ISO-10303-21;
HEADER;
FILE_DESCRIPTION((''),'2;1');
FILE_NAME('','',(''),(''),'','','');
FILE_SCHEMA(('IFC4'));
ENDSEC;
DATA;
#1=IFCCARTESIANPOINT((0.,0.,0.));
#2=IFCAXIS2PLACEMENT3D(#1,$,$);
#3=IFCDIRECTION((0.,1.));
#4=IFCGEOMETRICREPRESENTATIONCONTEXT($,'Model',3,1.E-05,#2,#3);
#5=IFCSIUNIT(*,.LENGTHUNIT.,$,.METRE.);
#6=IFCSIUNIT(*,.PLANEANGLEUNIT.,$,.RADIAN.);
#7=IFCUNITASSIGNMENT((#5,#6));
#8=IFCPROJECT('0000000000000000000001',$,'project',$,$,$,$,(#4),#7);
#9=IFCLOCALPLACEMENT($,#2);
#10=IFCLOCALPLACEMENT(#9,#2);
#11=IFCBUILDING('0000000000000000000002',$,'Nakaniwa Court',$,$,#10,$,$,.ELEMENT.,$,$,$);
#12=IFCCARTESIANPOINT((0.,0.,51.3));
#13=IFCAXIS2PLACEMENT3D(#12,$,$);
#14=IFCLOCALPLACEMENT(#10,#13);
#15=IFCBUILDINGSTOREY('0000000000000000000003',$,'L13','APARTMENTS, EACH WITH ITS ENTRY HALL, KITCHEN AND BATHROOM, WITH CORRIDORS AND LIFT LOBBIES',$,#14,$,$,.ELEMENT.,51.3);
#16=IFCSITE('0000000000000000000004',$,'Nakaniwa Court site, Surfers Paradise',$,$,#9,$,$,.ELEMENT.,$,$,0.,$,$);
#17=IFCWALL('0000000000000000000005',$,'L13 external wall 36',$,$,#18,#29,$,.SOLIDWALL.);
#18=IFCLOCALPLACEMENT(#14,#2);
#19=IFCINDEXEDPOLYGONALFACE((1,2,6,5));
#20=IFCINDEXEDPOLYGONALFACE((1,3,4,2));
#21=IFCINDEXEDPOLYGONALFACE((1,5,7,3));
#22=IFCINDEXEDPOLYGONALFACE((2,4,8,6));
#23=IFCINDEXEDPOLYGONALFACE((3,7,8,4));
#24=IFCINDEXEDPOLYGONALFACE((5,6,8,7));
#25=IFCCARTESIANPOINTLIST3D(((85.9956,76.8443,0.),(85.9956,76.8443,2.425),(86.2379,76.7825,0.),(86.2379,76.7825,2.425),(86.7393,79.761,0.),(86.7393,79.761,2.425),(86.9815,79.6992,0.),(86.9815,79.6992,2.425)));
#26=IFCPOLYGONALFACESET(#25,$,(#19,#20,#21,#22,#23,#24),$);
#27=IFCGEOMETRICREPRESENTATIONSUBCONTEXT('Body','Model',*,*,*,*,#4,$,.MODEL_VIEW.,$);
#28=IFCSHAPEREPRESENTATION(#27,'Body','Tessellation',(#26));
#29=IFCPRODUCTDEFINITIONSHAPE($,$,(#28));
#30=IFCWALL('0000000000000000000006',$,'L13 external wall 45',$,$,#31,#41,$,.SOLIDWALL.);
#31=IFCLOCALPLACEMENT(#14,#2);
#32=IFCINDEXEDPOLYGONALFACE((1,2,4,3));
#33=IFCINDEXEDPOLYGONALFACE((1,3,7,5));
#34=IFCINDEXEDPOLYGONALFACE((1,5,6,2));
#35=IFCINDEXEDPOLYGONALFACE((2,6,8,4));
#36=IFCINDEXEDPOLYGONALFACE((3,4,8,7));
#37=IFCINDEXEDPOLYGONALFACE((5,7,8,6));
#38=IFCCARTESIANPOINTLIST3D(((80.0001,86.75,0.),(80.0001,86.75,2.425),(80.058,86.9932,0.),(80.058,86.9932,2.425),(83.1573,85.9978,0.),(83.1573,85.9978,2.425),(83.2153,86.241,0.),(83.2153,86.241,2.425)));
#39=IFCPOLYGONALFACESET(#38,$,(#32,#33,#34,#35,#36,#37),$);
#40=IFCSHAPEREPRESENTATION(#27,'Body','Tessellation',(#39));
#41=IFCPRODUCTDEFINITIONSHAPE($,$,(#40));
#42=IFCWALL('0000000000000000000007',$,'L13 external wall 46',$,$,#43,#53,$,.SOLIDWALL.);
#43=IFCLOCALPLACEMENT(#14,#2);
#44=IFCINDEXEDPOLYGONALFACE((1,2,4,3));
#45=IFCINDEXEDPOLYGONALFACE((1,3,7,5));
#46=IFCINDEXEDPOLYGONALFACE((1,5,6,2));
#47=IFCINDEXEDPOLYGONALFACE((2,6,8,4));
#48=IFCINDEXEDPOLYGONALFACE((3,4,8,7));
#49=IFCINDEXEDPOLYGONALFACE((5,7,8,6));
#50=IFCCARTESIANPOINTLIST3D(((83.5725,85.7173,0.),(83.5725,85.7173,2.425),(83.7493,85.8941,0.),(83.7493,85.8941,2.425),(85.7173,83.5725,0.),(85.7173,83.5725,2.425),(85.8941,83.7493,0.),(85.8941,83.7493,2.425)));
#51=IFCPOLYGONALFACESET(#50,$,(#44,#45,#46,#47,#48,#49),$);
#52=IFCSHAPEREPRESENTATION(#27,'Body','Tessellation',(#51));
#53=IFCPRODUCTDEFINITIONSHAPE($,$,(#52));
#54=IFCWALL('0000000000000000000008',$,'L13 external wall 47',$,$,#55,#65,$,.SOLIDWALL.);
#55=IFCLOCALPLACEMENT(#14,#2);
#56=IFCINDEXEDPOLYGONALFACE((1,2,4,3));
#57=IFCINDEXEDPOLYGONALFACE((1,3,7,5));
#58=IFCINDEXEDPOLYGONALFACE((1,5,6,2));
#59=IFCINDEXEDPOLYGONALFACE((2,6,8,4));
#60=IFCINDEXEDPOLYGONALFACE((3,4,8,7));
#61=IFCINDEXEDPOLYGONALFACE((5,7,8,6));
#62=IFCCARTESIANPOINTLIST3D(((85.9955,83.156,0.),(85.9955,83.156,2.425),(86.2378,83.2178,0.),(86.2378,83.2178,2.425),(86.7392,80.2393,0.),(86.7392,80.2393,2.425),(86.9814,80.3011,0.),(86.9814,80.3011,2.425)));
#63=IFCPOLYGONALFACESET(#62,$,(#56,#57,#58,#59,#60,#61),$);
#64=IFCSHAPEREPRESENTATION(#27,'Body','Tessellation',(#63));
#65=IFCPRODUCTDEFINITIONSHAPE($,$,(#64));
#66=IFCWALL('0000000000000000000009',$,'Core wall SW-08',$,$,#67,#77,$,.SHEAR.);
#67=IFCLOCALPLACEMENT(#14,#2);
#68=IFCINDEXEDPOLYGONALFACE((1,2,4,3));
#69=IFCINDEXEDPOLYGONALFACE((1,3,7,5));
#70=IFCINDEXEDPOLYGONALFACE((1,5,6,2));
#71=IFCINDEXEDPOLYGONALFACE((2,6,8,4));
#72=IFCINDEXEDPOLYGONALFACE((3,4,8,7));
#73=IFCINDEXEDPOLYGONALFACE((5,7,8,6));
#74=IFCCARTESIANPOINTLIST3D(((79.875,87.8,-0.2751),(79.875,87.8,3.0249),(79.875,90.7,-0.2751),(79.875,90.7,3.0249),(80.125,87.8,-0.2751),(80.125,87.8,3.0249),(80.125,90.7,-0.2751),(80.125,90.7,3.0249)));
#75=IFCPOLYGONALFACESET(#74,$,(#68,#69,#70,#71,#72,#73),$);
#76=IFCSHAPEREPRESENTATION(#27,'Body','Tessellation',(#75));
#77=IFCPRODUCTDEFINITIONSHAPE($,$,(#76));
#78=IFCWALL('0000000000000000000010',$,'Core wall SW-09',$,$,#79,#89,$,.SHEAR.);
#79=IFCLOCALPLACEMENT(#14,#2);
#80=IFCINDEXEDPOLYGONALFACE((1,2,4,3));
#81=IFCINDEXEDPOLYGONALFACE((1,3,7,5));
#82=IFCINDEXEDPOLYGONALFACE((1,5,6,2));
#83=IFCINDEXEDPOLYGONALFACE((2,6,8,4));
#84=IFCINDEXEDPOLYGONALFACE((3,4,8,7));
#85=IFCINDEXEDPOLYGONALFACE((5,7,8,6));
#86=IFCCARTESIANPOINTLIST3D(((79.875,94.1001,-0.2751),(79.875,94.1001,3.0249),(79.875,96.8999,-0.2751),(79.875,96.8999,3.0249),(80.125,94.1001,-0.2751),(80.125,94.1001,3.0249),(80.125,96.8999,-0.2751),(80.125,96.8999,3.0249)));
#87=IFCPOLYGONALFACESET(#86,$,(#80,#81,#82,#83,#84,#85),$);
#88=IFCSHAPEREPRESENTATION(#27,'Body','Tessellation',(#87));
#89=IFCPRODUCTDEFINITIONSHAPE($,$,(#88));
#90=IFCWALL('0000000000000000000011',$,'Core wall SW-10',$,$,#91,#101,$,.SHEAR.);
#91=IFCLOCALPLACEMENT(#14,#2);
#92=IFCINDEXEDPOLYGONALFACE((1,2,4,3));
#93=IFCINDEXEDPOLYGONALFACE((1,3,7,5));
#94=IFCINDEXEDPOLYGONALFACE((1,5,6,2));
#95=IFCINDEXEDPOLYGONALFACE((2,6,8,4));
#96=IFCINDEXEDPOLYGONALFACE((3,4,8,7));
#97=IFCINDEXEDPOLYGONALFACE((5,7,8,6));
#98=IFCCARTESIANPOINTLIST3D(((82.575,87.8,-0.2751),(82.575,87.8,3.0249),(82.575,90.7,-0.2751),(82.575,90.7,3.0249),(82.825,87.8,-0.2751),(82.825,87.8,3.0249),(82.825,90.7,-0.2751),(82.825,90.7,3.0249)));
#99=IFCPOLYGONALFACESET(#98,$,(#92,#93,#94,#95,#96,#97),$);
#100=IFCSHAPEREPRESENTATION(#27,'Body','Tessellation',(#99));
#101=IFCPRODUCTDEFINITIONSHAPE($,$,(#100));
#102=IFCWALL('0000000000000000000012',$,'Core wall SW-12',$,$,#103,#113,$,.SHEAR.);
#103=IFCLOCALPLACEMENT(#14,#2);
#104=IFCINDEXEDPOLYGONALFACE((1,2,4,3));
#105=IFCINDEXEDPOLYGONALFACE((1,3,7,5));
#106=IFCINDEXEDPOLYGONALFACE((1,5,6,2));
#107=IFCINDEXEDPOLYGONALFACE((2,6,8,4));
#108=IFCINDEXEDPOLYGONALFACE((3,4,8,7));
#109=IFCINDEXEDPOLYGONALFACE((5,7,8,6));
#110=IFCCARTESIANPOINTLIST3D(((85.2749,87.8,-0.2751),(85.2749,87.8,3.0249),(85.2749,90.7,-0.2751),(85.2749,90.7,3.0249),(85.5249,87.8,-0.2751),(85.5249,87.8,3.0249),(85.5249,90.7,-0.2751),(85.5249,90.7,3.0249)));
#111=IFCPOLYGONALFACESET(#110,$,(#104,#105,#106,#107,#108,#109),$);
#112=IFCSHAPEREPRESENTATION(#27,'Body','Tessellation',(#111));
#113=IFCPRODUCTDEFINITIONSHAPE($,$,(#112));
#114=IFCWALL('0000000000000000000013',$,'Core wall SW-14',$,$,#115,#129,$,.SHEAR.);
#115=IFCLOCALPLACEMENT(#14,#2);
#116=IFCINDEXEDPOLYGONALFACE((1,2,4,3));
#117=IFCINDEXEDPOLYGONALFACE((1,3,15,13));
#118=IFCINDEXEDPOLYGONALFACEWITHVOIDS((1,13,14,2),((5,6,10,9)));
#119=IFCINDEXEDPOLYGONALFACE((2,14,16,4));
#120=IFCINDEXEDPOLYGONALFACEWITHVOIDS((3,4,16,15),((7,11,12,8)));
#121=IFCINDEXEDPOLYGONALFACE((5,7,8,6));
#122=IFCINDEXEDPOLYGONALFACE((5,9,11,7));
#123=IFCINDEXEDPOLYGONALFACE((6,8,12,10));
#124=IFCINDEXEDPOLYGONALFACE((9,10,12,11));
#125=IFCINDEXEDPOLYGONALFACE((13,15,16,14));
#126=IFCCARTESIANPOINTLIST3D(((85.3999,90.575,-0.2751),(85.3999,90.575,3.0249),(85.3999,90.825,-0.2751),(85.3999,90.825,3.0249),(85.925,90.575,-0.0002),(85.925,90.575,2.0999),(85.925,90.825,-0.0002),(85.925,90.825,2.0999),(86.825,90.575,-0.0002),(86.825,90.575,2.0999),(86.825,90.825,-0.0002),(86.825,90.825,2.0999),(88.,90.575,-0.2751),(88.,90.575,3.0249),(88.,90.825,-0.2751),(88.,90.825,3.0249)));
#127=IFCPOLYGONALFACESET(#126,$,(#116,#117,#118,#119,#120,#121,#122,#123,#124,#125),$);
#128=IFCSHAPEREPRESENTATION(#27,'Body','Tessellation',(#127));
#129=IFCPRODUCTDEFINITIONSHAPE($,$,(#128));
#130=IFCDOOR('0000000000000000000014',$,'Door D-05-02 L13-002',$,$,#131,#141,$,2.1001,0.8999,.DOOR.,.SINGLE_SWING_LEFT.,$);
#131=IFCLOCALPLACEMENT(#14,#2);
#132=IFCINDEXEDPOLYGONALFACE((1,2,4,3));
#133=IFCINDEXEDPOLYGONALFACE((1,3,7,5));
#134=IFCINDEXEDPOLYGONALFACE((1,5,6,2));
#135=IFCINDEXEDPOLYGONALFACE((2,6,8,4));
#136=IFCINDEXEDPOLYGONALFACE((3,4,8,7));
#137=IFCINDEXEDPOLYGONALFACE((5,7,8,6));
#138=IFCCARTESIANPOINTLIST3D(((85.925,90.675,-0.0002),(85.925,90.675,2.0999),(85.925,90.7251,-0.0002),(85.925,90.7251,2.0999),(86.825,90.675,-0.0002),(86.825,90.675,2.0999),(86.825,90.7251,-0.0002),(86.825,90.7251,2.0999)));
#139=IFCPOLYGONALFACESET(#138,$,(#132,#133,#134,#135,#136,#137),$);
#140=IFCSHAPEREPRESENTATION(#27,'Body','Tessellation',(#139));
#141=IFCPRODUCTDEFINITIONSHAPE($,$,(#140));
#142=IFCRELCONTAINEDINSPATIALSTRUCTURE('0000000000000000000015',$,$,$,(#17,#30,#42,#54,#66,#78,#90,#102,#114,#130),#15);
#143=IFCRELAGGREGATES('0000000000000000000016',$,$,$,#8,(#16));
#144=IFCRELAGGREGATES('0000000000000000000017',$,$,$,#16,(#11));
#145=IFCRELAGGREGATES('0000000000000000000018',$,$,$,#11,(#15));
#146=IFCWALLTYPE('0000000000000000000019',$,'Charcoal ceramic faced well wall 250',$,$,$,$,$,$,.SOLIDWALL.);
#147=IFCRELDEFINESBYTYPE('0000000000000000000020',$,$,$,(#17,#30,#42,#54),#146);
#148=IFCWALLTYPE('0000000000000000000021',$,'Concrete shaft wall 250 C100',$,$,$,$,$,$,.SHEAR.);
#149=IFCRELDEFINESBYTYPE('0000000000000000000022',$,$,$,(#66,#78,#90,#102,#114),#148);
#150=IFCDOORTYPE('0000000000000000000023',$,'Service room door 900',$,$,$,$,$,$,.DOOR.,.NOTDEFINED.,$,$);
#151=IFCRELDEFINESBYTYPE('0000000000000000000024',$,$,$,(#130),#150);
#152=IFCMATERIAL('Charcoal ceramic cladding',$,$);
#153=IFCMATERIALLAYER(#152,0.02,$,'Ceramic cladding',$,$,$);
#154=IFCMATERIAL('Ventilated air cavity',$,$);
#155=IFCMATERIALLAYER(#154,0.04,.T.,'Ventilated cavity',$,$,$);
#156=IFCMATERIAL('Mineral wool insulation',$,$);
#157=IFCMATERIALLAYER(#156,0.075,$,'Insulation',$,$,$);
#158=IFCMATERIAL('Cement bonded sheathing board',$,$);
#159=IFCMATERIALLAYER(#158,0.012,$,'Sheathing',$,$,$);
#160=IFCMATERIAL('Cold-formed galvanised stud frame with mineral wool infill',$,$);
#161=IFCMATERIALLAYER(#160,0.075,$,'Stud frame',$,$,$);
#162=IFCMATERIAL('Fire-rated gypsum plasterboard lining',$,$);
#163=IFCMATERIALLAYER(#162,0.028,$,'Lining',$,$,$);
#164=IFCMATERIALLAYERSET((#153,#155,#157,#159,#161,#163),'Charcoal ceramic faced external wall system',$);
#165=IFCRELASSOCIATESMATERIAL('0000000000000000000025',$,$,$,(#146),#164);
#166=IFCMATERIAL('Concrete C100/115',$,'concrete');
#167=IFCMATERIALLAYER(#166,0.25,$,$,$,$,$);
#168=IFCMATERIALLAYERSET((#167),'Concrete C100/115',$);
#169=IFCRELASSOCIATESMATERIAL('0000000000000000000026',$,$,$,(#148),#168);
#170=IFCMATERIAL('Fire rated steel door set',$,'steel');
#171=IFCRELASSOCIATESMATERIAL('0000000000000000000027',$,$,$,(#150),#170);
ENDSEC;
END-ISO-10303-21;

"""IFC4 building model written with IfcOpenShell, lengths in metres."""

from ifc_helpers import new_model, si_unit, direction, frame, frame_2d, origin, place, context, subcontext, project, spatial, rectangle, extrude, material, layer, layer_set, type_object, element, fill, save


model = new_model("IFC4")

# Units and contexts
model_context = context("Model", 3, precision=1e-05, world=origin(), true_north=direction((0.0, 1.0)))
body_context = subcontext(model_context, "Body", "Model", "MODEL_VIEW")
ifc_project = project(units=[si_unit("LENGTHUNIT", "METRE"), si_unit("PLANEANGLEUNIT", "RADIAN")], contexts=[model_context])

# Site, building, storey
site_placement = place(None, origin())
site = spatial("IfcSite", under=ifc_project, at=site_placement, Name="Nakaniwa Court site, Surfers Paradise", CompositionType="ELEMENT", RefElevation=0.0)
building_placement = place(site_placement, origin())
building = spatial("IfcBuilding", under=site, at=building_placement, Name="Nakaniwa Court", CompositionType="ELEMENT")
storey_placement = place(building_placement, frame((0.0, 0.0, 51.3)))
storey = spatial("IfcBuildingStorey", under=building, at=storey_placement, Name="L13", Description="APARTMENTS, EACH WITH ITS ENTRY HALL, KITCHEN AND BATHROOM, WITH CORRIDORS AND LIFT LOBBIES", CompositionType="ELEMENT", Elevation=51.3)

# Shared definitions
ifc_material_1 = material(Name="Concrete C100/115", Category="concrete")

# Walls
ifc_material_2 = material(Name="Charcoal ceramic cladding")
ifc_layer_1 = layer(ifc_material_2, 0.02, Name="Ceramic cladding")
ifc_material_3 = material(Name="Ventilated air cavity")
ifc_layer_2 = layer(ifc_material_3, 0.04, ventilated=True, Name="Ventilated cavity")
ifc_material_4 = material(Name="Mineral wool insulation")
ifc_layer_3 = layer(ifc_material_4, 0.075, Name="Insulation")
ifc_material_5 = material(Name="Cement bonded sheathing board")
ifc_layer_4 = layer(ifc_material_5, 0.012, Name="Sheathing")
ifc_material_6 = material(Name="Cold-formed galvanised stud frame with mineral wool infill")
ifc_layer_5 = layer(ifc_material_6, 0.075, Name="Stud frame")
ifc_material_7 = material(Name="Fire-rated gypsum plasterboard lining")
ifc_layer_6 = layer(ifc_material_7, 0.028, Name="Lining")
ifc_layer_set_1 = layer_set([ifc_layer_1, ifc_layer_2, ifc_layer_3, ifc_layer_4, ifc_layer_5, ifc_layer_6], Name="Charcoal ceramic faced external wall system")
wall_type_1 = type_object("IfcWallType", Name="Charcoal ceramic faced well wall 250", PredefinedType="SOLIDWALL", material=ifc_layer_set_1)
wall_1_placement = place(storey_placement, frame((86.8604, 79.73, 0.0), z_axis=(0.0, 0.0, 1.0), x_axis=(-0.247056, -0.969001, 0.0)))
element("IfcWall", 1, at=wall_1_placement, inside=storey, type_object=wall_type_1, Name="L13 external wall 36", PredefinedType="SOLIDWALL", context=body_context, shape_type="SweptSolid", body=[
    extrude(rectangle(XDim=3.01, YDim=0.25, at=frame_2d((1.5049, 0.0))), origin(), (0.0, 0.0, 1.0), 2.425),
])
wall_2_placement = place(storey_placement, frame((80.0291, 86.8716, 0.0), z_axis=(0.0, 0.0, 1.0), x_axis=(0.972773, -0.23176, 0.0)))
element("IfcWall", 2, at=wall_2_placement, inside=storey, type_object=wall_type_1, Name="L13 external wall 45", PredefinedType="SOLIDWALL", context=body_context, shape_type="SweptSolid", body=[
    extrude(rectangle(XDim=3.2456, YDim=0.25, at=frame_2d((1.6228, 0.0))), origin(), (0.0, 0.0, 1.0), 2.425),
])
wall_3_placement = place(storey_placement, frame((83.6609, 85.8057, 0.0), z_axis=(0.0, 0.0, 1.0), x_axis=(0.707107, -0.707107, 0.0)))
element("IfcWall", 3, at=wall_3_placement, inside=storey, type_object=wall_type_1, Name="L13 external wall 46", PredefinedType="SOLIDWALL", context=body_context, shape_type="SweptSolid", body=[
    extrude(rectangle(XDim=3.0332, YDim=0.25, at=frame_2d((1.5166, 0.0))), origin(), (0.0, 0.0, 1.0), 2.425),
])
wall_4_placement = place(storey_placement, frame((86.1167, 83.1868, 0.0), z_axis=(0.0, 0.0, 1.0), x_axis=(0.247056, -0.969001, 0.0)))
element("IfcWall", 4, at=wall_4_placement, inside=storey, type_object=wall_type_1, Name="L13 external wall 47", PredefinedType="SOLIDWALL", context=body_context, shape_type="SweptSolid", body=[
    extrude(rectangle(XDim=3.01, YDim=0.25, at=frame_2d((1.5049, 0.0))), origin(), (0.0, 0.0, 1.0), 2.425),
])
ifc_layer_7 = layer(ifc_material_1, 0.25)
ifc_layer_set_2 = layer_set([ifc_layer_7], Name="Concrete C100/115")
wall_type_2 = type_object("IfcWallType", Name="Concrete shaft wall 250 C100", PredefinedType="SHEAR", material=ifc_layer_set_2)
wall_5_placement = place(storey_placement, frame((80.0, 87.8, -0.2751), z_axis=(0.0, 0.0, 1.0), x_axis=(0.0, 1.0, 0.0)))
element("IfcWall", 5, at=wall_5_placement, inside=storey, type_object=wall_type_2, Name="Core wall SW-08", PredefinedType="SHEAR", context=body_context, shape_type="SweptSolid", body=[
    extrude(rectangle(XDim=2.8999, YDim=0.25, at=frame_2d((1.45, 0.0))), origin(), (0.0, 0.0, 1.0), 3.3),
])
wall_6_placement = place(storey_placement, frame((80.0, 94.1001, -0.2751), z_axis=(0.0, 0.0, 1.0), x_axis=(0.0, 1.0, 0.0)))
element("IfcWall", 6, at=wall_6_placement, inside=storey, type_object=wall_type_2, Name="Core wall SW-09", PredefinedType="SHEAR", context=body_context, shape_type="SweptSolid", body=[
    extrude(rectangle(XDim=2.7998, YDim=0.25, at=frame_2d((1.3999, 0.0))), origin(), (0.0, 0.0, 1.0), 3.3),
])
for number, where, z_axis, x_axis, name in (
    (7, (82.7, 87.8, -0.2751), (0.0, 0.0, 1.0), (0.0, 1.0, 0.0), "Core wall SW-10"),
    (8, (85.3999, 87.8, -0.2751), (0.0, 0.0, 1.0), (0.0, 1.0, 0.0), "Core wall SW-12"),
):
    element("IfcWall", number, at=place(storey_placement, frame(where, z_axis=z_axis, x_axis=x_axis)), inside=storey, type_object=wall_type_2, Name=name, PredefinedType="SHEAR", context=body_context, shape_type="SweptSolid", body=[
        extrude(rectangle(XDim=2.8999, YDim=0.25, at=frame_2d((1.45, 0.0))), origin(), (0.0, 0.0, 1.0), 3.3),
    ])

# Wall, opening, door
wall_7_placement = place(storey_placement, frame((88.0, 90.7, -0.2751), z_axis=(0.0, 0.0, 1.0), x_axis=(-1.0, 0.0, 0.0)))
wall_7 = element("IfcWall", 9, at=wall_7_placement, inside=storey, type_object=wall_type_2, Name="Core wall SW-14", PredefinedType="SHEAR", context=body_context, shape_type="SweptSolid", body=[
    extrude(rectangle(XDim=2.6001, YDim=0.25, at=frame_2d((1.3, 0.0))), origin(), (0.0, 0.0, 1.0), 3.3),
])
opening_1_placement = place(wall_7_placement, frame((1.175, 0.0, 0.2749)))
opening_1 = element("IfcOpeningElement", 10, at=opening_1_placement, cuts=wall_7, PredefinedType="OPENING", context=body_context, shape_type="SweptSolid", body=[
    extrude(rectangle(XDim=0.8999, YDim=2.1001, at=frame_2d((0.45, 1.05))), frame((0.0, 0.135, 0.0), z_axis=(0.0, -1.0, 0.0), x_axis=(1.0, 0.0, 0.0)), (0.0, 0.0, 1.0), 0.27),
])
ifc_material_8 = material(Name="Fire rated steel door set", Category="steel")
door_type_1 = type_object("IfcDoorType", Name="Service room door 900", OperationType="NOTDEFINED", PredefinedType="DOOR", material=ifc_material_8)
door_1_placement = place(opening_1_placement, origin())
door_1 = element("IfcDoor", 11, at=door_1_placement, inside=storey, type_object=door_type_1, Name="Door D-05-02 L13-002", OperationType="SINGLE_SWING_LEFT", OverallHeight=2.1001, OverallWidth=0.8999, PredefinedType="DOOR", context=body_context, shape_type="SweptSolid", body=[
    extrude(rectangle(XDim=0.8999, YDim=2.1001, at=frame_2d((0.45, 1.05))), frame((0.0, 0.0249, 0.0), z_axis=(0.0, -1.0, 0.0), x_axis=(1.0, 0.0, 0.0)), (0.0, 0.0, 1.0), 0.05),
])
fill(opening_1, door_1)

save(model, "model.ifc")
